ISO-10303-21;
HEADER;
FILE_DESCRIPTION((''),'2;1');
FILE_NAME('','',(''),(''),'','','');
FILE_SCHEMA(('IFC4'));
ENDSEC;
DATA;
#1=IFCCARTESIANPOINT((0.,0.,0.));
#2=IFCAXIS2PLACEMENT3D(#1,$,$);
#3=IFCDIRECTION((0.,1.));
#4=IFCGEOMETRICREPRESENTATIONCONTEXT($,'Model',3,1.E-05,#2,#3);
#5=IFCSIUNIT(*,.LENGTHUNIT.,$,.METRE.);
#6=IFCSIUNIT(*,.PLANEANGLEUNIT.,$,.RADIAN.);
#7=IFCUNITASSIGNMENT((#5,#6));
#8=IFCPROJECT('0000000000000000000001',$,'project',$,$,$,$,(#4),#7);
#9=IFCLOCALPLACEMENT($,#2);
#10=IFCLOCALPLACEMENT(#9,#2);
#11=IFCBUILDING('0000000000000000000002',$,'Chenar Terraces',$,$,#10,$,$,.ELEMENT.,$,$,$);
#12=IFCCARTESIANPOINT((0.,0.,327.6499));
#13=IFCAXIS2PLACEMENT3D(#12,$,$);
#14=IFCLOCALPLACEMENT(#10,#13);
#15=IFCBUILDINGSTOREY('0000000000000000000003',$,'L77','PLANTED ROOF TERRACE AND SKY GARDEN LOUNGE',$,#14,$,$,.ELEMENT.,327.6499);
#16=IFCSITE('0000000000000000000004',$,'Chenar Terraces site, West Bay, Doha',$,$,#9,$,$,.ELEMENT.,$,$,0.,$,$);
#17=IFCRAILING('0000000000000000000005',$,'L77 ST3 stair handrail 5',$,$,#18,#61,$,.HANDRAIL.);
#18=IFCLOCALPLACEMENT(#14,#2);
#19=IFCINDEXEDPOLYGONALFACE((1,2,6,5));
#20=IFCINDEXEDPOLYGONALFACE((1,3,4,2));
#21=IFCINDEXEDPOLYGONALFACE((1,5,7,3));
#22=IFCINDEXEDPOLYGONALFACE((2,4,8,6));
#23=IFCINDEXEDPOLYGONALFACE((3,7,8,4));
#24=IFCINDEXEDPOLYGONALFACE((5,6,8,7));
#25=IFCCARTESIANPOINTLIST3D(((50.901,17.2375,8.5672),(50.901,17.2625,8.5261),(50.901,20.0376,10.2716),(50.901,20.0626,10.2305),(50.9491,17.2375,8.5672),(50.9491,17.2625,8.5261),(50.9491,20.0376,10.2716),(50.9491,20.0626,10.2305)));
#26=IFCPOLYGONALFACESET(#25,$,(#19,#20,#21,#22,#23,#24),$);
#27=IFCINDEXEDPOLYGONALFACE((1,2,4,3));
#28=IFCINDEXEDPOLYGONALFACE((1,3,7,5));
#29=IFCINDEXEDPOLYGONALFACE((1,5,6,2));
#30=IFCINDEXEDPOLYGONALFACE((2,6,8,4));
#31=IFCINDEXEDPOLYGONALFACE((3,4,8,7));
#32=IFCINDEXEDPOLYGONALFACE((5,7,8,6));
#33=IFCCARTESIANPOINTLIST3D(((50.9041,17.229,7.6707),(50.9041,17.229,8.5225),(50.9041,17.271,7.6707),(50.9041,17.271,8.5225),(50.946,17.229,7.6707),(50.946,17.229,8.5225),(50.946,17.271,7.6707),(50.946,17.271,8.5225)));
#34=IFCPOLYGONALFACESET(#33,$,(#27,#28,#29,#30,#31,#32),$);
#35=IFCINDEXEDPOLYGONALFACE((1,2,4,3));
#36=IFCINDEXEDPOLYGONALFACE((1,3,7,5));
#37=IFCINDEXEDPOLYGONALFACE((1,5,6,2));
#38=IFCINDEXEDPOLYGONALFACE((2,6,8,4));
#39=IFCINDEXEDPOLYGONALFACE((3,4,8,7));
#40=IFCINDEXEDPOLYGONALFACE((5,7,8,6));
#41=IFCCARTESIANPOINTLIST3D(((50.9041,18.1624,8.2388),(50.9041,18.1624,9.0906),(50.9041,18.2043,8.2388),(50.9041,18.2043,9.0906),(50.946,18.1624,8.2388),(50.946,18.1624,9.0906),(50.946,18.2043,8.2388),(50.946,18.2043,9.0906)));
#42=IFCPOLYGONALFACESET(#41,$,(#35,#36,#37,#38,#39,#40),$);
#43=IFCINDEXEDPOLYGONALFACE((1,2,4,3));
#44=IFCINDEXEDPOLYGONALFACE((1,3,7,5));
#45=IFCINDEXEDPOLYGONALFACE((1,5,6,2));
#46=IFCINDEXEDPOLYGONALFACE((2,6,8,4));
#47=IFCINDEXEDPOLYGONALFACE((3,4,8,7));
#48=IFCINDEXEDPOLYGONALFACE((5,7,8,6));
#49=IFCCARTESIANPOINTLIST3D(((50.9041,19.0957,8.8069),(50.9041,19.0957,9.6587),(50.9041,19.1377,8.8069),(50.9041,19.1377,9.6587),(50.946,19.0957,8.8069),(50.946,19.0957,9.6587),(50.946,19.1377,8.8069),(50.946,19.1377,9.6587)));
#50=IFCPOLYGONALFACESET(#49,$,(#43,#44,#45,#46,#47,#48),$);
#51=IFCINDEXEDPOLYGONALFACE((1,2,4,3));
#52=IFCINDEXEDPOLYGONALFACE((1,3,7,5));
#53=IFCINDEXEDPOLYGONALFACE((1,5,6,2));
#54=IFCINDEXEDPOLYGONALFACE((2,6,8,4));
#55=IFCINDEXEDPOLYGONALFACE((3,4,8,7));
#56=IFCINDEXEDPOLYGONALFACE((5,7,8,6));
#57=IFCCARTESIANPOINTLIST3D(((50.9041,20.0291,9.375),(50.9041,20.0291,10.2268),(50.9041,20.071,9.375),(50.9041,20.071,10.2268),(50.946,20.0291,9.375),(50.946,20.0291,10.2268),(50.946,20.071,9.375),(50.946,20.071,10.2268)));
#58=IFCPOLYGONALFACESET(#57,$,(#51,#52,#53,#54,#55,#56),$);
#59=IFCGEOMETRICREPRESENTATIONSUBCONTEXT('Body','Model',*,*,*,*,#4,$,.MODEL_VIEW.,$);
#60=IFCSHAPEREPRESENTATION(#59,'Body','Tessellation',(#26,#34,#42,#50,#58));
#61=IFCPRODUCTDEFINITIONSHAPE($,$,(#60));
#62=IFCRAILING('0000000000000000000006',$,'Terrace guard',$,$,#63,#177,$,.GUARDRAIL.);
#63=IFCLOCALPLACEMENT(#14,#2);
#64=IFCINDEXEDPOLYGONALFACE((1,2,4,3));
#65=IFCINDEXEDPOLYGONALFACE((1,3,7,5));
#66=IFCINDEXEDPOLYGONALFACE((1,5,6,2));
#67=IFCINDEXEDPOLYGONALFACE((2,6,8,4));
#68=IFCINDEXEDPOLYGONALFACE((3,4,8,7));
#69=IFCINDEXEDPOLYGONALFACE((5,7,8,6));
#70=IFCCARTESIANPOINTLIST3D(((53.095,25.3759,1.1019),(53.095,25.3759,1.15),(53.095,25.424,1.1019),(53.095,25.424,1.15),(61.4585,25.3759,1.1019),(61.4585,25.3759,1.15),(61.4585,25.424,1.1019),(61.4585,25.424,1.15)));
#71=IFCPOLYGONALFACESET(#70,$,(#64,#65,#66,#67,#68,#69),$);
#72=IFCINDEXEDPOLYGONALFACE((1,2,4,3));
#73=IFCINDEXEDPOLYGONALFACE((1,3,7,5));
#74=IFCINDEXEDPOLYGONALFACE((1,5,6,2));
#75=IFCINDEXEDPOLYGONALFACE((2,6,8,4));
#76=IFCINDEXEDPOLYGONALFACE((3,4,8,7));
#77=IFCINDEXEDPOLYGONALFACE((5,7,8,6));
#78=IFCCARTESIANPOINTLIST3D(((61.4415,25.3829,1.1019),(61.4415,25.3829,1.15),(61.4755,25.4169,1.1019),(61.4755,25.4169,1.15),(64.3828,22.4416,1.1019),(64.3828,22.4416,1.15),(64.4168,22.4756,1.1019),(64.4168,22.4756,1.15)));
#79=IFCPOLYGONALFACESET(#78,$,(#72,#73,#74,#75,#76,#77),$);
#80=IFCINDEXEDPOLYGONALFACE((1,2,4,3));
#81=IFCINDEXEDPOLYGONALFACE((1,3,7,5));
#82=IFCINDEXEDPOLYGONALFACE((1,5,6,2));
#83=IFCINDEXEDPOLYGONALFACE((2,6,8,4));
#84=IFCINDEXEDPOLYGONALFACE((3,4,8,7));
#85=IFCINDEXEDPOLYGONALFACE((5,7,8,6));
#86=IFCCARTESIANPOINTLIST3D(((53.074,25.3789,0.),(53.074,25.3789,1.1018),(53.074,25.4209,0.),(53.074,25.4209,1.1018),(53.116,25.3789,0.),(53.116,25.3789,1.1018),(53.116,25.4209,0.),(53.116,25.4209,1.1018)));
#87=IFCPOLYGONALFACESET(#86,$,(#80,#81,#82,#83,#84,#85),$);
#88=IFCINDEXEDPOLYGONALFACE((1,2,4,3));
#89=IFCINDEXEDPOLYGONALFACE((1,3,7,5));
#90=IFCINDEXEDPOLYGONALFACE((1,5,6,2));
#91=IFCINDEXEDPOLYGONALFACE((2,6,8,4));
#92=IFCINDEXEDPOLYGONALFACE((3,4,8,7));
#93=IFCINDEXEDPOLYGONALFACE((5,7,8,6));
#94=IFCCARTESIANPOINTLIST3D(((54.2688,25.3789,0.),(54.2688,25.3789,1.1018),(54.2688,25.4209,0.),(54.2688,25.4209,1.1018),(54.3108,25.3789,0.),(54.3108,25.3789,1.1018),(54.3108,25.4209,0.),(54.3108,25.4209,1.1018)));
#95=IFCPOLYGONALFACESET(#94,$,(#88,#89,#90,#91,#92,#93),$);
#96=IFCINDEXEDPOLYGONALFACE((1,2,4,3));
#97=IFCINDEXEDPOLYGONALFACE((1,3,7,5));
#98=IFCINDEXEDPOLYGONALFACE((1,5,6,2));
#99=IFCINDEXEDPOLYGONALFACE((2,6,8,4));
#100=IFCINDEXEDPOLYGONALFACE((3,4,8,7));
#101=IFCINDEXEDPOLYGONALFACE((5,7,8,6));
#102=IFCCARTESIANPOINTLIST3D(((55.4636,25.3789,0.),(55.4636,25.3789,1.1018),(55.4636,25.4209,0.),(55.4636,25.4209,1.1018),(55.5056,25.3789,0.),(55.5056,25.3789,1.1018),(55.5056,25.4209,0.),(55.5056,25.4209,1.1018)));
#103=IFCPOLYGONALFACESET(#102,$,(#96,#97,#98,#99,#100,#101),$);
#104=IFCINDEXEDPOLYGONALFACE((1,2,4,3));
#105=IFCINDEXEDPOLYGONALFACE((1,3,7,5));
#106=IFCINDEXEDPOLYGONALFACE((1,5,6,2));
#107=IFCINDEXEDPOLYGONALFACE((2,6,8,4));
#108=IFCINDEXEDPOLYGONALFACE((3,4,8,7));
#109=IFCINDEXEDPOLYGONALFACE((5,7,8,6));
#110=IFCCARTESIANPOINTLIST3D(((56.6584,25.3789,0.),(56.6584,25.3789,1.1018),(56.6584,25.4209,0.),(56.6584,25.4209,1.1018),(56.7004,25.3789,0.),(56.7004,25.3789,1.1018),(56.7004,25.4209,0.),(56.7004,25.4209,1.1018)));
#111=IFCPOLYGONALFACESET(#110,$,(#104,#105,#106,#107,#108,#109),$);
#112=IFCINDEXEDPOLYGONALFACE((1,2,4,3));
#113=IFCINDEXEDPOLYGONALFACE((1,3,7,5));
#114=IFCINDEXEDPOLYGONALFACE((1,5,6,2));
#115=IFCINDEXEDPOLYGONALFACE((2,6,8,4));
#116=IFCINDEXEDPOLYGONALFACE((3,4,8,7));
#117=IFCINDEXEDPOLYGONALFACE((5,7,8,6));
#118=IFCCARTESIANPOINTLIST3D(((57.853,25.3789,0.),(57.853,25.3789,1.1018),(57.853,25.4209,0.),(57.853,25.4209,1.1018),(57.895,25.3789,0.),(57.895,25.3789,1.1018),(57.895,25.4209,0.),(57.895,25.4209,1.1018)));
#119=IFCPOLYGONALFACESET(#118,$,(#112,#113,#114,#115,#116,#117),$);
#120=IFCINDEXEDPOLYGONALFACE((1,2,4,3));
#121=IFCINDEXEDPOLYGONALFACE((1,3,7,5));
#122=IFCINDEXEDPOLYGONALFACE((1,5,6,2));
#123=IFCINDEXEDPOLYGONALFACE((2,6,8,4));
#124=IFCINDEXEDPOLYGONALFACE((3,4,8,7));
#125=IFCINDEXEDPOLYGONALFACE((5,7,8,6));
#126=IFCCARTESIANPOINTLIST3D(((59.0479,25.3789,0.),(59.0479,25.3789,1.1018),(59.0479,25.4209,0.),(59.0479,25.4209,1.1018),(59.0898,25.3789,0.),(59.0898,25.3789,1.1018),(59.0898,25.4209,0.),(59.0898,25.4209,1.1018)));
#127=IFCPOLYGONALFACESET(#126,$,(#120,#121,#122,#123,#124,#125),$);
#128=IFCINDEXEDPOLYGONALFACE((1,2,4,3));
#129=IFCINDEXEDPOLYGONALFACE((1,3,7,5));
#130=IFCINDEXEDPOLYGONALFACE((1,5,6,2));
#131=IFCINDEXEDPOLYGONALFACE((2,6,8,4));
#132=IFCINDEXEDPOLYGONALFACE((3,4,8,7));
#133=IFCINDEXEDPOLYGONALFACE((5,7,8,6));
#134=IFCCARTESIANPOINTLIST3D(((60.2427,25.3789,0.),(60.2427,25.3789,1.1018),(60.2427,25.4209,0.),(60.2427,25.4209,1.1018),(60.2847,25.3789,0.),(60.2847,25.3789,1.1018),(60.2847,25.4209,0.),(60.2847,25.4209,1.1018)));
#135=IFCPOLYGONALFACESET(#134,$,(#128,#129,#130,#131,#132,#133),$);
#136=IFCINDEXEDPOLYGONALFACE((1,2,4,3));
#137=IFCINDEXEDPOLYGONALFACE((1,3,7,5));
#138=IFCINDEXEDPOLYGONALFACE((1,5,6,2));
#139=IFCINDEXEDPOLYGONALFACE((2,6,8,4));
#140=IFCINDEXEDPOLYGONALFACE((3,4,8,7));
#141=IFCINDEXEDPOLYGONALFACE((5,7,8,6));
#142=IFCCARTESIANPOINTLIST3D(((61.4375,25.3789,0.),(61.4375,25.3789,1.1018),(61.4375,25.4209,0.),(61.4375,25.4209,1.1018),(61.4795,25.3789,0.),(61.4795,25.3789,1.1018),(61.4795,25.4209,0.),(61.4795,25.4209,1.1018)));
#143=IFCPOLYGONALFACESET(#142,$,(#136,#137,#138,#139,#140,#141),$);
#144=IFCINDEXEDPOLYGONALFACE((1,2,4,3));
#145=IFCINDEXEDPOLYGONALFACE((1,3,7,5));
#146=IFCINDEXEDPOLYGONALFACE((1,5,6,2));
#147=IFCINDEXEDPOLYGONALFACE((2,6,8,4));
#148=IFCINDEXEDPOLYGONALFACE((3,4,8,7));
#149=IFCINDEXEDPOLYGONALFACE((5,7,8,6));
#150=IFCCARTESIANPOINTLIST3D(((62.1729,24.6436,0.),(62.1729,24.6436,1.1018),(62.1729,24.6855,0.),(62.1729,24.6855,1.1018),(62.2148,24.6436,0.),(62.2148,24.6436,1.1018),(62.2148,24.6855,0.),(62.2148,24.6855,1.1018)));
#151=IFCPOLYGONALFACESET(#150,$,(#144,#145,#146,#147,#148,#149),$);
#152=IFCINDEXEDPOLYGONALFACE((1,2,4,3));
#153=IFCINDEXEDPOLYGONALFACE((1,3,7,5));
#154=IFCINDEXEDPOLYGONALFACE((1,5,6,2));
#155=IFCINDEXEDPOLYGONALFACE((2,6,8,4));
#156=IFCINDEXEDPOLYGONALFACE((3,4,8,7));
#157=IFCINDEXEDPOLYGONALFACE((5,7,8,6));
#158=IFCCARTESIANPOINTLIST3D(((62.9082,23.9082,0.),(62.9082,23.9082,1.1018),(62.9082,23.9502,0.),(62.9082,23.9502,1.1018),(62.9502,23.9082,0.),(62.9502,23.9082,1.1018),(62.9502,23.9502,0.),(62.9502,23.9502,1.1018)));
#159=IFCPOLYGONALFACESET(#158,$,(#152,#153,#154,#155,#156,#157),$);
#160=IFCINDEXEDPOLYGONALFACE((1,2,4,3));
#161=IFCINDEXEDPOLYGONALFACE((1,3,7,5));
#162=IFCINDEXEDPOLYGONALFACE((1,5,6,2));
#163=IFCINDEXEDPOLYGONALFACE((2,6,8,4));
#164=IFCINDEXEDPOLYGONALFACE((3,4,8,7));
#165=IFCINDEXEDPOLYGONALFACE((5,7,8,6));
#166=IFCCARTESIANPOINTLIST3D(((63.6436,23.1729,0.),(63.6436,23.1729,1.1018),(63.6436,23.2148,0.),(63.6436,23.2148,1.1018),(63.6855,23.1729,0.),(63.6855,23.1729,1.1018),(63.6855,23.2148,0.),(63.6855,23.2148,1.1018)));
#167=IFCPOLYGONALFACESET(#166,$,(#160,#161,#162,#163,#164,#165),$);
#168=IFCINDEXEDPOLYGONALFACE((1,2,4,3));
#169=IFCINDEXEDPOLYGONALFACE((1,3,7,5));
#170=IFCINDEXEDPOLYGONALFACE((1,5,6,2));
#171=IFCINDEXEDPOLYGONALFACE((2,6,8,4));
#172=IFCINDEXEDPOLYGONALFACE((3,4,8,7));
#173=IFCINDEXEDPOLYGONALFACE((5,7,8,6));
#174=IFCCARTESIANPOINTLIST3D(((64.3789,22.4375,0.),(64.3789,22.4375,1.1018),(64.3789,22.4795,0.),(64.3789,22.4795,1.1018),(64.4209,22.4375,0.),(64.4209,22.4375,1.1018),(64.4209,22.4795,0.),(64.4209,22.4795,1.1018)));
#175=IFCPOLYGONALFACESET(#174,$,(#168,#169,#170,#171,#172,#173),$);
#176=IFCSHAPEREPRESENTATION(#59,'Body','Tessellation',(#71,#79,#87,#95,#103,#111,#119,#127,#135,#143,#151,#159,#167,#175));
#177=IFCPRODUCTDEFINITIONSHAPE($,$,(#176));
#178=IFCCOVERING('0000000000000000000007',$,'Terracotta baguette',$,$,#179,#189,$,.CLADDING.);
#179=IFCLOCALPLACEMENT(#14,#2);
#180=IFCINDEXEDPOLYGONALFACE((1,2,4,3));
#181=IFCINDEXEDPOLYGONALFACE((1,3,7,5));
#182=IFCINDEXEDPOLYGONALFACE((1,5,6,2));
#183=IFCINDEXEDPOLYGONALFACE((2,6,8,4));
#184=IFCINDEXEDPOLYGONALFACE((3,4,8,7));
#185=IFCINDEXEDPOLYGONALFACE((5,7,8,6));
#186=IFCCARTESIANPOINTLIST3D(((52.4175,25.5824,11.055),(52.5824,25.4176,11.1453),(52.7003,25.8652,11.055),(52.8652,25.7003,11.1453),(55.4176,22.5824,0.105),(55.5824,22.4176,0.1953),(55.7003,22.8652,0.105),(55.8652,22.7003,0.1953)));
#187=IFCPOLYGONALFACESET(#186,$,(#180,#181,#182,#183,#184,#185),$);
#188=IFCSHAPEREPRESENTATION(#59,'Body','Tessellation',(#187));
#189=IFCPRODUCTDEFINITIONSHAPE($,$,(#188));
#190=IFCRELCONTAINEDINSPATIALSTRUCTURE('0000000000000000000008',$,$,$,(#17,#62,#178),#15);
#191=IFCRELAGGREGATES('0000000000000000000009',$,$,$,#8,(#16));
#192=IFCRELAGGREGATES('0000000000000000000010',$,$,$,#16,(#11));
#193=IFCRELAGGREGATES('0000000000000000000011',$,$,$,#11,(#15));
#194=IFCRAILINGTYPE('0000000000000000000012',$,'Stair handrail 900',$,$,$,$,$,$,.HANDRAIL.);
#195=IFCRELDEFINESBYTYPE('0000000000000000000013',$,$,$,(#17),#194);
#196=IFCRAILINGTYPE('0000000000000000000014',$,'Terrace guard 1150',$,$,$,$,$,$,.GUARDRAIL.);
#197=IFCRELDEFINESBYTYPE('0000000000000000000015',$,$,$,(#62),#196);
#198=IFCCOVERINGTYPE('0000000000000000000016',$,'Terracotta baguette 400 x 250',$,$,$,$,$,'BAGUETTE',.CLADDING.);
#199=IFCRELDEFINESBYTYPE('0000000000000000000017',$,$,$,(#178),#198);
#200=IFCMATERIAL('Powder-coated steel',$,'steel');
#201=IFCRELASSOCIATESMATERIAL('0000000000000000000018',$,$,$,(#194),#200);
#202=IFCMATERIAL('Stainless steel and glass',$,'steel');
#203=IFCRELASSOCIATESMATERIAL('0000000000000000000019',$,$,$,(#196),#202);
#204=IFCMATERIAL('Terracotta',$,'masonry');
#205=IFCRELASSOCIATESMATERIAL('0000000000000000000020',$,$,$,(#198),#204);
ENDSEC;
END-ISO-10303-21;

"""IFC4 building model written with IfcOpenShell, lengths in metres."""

from ifc_helpers import new_model, si_unit, direction, frame, origin, origin_2d, place, context, subcontext, project, spatial, rectangle, extrude, material, material_profile, profile_set, type_object, element, save


model = new_model("IFC4")

# Units and contexts
model_context = context("Model", 3, precision=1e-05, world=origin(), true_north=direction((0.0, 1.0)))
body_context = subcontext(model_context, "Body", "Model", "MODEL_VIEW")
ifc_project = project(units=[si_unit("LENGTHUNIT", "METRE"), si_unit("PLANEANGLEUNIT", "RADIAN")], contexts=[model_context])

# Site, building, storey
site_placement = place(None, origin())
site = spatial("IfcSite", under=ifc_project, at=site_placement, Name="Chenar Terraces site, West Bay, Doha", CompositionType="ELEMENT", RefElevation=0.0)
building_placement = place(site_placement, origin())
building = spatial("IfcBuilding", under=site, at=building_placement, Name="Chenar Terraces", CompositionType="ELEMENT")
storey_placement = place(building_placement, frame((0.0, 0.0, 327.6499)))
storey = spatial("IfcBuildingStorey", under=building, at=storey_placement, Name="L77", Description="PLANTED ROOF TERRACE AND SKY GARDEN LOUNGE", CompositionType="ELEMENT", Elevation=327.6499)

# Railings
ifc_material_1 = material(Name="Powder-coated steel", Category="steel")
railing_type_1 = type_object("IfcRailingType", Name="Stair handrail 900", PredefinedType="HANDRAIL", material=ifc_material_1)
for number, where, name in (
    (1, (50.925, 17.25, 7.6707), "L77 ST3 stair handrail 5"),
):
    element("IfcRailing", number, at=place(storey_placement, frame(where)), inside=storey, type_object=railing_type_1, Name=name, PredefinedType="HANDRAIL", context=body_context, shape_type="SweptSolid", body=[
        extrude(rectangle(XDim=0.0481, YDim=0.0481, at=origin_2d()), frame((0.0, 0.0, 0.876), z_axis=(0.0, 0.854203, 0.51994), x_axis=(-1.0, 0.0, 0.0)), (0.0, 0.0, 1.0), 3.2781),
        extrude(rectangle(XDim=0.042, YDim=0.042, at=origin_2d()), origin(), (0.0, 0.0, 1.0), 0.8518),
        extrude(rectangle(XDim=0.042, YDim=0.042, at=origin_2d()), frame((0.0, 0.9333, 0.5681)), (0.0, 0.0, 1.0), 0.8518),
        extrude(rectangle(XDim=0.042, YDim=0.042, at=origin_2d()), frame((0.0, 1.8667, 1.1362)), (0.0, 0.0, 1.0), 0.8518),
        extrude(rectangle(XDim=0.042, YDim=0.042, at=origin_2d()), frame((0.0, 2.8, 1.7043)), (0.0, 0.0, 1.0), 0.8518),
    ])
ifc_material_2 = material(Name="Stainless steel and glass", Category="steel")
railing_type_2 = type_object("IfcRailingType", Name="Terrace guard 1150", PredefinedType="GUARDRAIL", material=ifc_material_2)
railing_1_placement = place(storey_placement, frame((53.095, 25.3999, 0.0)))
element("IfcRailing", 2, at=railing_1_placement, inside=storey, type_object=railing_type_2, Name="Terrace guard", PredefinedType="GUARDRAIL", context=body_context, shape_type="SweptSolid", body=[
    extrude(rectangle(XDim=0.0481, YDim=0.0481, at=origin_2d()), frame((0.0, 0.0, 1.126), z_axis=(1.0, 0.0, 0.0), x_axis=(0.0, 1.0, 0.0)), (0.0, 0.0, 1.0), 8.3635),
    extrude(rectangle(XDim=0.0481, YDim=0.0481, at=origin_2d()), frame((8.3635, 0.0, 1.126), z_axis=(0.707107, -0.707107, 0.0), x_axis=(0.707107, 0.707107, 0.0)), (0.0, 0.0, 1.0), 4.1597),
    extrude(rectangle(XDim=0.042, YDim=0.042, at=origin_2d()), origin(), (0.0, 0.0, 1.0), 1.1018),
    extrude(rectangle(XDim=0.042, YDim=0.042, at=origin_2d()), frame((1.1948, 0.0, 0.0)), (0.0, 0.0, 1.0), 1.1018),
    extrude(rectangle(XDim=0.042, YDim=0.042, at=origin_2d()), frame((2.3896, 0.0, 0.0)), (0.0, 0.0, 1.0), 1.1018),
    extrude(rectangle(XDim=0.042, YDim=0.042, at=origin_2d()), frame((3.5845, 0.0, 0.0)), (0.0, 0.0, 1.0), 1.1018),
    extrude(rectangle(XDim=0.042, YDim=0.042, at=origin_2d()), frame((4.7791, 0.0, 0.0)), (0.0, 0.0, 1.0), 1.1018),
    extrude(rectangle(XDim=0.042, YDim=0.042, at=origin_2d()), frame((5.9739, 0.0, 0.0)), (0.0, 0.0, 1.0), 1.1018),
    extrude(rectangle(XDim=0.042, YDim=0.042, at=origin_2d()), frame((7.1687, 0.0, 0.0)), (0.0, 0.0, 1.0), 1.1018),
    extrude(rectangle(XDim=0.042, YDim=0.042, at=origin_2d()), frame((8.3635, 0.0, 0.0)), (0.0, 0.0, 1.0), 1.1018),
    extrude(rectangle(XDim=0.042, YDim=0.042, at=origin_2d()), frame((9.0989, -0.7354, 0.0)), (0.0, 0.0, 1.0), 1.1018),
    extrude(rectangle(XDim=0.042, YDim=0.042, at=origin_2d()), frame((9.8342, -1.4707, 0.0)), (0.0, 0.0, 1.0), 1.1018),
    extrude(rectangle(XDim=0.042, YDim=0.042, at=origin_2d()), frame((10.5696, -2.2061, 0.0)), (0.0, 0.0, 1.0), 1.1018),
    extrude(rectangle(XDim=0.042, YDim=0.042, at=origin_2d()), frame((11.3049, -2.9414, 0.0)), (0.0, 0.0, 1.0), 1.1018),
])

# Covering
ifc_material_3 = material(Name="Terracotta", Category="masonry")
ifc_material_profile_1 = material_profile(ifc_material_3, rectangle(XDim=0.3999, YDim=0.25, at=origin_2d()), Name="Terracotta baguette 400 x 250")
ifc_profile_set_1 = profile_set([ifc_material_profile_1], Name="Terracotta")
covering_type = type_object("IfcCoveringType", Name="Terracotta baguette 400 x 250", ElementType="BAGUETTE", PredefinedType="CLADDING", material=ifc_profile_set_1)
covering_placement = place(storey_placement, frame((55.6414, 22.6414, 0.1501), z_axis=(-0.255468, 0.255468, 0.932455), x_axis=(-0.707107, -0.707107, 0.0)))
element("IfcCovering", 3, at=covering_placement, inside=storey, type_object=covering_type, Name="Terracotta baguette", PredefinedType="CLADDING", context=body_context, shape_type="SweptSolid", body=[
    extrude(rectangle(XDim=0.3999, YDim=0.25, at=origin_2d()), origin(), (0.0, 0.0, 1.0), 11.7432),
])

save(model, "model.ifc")
